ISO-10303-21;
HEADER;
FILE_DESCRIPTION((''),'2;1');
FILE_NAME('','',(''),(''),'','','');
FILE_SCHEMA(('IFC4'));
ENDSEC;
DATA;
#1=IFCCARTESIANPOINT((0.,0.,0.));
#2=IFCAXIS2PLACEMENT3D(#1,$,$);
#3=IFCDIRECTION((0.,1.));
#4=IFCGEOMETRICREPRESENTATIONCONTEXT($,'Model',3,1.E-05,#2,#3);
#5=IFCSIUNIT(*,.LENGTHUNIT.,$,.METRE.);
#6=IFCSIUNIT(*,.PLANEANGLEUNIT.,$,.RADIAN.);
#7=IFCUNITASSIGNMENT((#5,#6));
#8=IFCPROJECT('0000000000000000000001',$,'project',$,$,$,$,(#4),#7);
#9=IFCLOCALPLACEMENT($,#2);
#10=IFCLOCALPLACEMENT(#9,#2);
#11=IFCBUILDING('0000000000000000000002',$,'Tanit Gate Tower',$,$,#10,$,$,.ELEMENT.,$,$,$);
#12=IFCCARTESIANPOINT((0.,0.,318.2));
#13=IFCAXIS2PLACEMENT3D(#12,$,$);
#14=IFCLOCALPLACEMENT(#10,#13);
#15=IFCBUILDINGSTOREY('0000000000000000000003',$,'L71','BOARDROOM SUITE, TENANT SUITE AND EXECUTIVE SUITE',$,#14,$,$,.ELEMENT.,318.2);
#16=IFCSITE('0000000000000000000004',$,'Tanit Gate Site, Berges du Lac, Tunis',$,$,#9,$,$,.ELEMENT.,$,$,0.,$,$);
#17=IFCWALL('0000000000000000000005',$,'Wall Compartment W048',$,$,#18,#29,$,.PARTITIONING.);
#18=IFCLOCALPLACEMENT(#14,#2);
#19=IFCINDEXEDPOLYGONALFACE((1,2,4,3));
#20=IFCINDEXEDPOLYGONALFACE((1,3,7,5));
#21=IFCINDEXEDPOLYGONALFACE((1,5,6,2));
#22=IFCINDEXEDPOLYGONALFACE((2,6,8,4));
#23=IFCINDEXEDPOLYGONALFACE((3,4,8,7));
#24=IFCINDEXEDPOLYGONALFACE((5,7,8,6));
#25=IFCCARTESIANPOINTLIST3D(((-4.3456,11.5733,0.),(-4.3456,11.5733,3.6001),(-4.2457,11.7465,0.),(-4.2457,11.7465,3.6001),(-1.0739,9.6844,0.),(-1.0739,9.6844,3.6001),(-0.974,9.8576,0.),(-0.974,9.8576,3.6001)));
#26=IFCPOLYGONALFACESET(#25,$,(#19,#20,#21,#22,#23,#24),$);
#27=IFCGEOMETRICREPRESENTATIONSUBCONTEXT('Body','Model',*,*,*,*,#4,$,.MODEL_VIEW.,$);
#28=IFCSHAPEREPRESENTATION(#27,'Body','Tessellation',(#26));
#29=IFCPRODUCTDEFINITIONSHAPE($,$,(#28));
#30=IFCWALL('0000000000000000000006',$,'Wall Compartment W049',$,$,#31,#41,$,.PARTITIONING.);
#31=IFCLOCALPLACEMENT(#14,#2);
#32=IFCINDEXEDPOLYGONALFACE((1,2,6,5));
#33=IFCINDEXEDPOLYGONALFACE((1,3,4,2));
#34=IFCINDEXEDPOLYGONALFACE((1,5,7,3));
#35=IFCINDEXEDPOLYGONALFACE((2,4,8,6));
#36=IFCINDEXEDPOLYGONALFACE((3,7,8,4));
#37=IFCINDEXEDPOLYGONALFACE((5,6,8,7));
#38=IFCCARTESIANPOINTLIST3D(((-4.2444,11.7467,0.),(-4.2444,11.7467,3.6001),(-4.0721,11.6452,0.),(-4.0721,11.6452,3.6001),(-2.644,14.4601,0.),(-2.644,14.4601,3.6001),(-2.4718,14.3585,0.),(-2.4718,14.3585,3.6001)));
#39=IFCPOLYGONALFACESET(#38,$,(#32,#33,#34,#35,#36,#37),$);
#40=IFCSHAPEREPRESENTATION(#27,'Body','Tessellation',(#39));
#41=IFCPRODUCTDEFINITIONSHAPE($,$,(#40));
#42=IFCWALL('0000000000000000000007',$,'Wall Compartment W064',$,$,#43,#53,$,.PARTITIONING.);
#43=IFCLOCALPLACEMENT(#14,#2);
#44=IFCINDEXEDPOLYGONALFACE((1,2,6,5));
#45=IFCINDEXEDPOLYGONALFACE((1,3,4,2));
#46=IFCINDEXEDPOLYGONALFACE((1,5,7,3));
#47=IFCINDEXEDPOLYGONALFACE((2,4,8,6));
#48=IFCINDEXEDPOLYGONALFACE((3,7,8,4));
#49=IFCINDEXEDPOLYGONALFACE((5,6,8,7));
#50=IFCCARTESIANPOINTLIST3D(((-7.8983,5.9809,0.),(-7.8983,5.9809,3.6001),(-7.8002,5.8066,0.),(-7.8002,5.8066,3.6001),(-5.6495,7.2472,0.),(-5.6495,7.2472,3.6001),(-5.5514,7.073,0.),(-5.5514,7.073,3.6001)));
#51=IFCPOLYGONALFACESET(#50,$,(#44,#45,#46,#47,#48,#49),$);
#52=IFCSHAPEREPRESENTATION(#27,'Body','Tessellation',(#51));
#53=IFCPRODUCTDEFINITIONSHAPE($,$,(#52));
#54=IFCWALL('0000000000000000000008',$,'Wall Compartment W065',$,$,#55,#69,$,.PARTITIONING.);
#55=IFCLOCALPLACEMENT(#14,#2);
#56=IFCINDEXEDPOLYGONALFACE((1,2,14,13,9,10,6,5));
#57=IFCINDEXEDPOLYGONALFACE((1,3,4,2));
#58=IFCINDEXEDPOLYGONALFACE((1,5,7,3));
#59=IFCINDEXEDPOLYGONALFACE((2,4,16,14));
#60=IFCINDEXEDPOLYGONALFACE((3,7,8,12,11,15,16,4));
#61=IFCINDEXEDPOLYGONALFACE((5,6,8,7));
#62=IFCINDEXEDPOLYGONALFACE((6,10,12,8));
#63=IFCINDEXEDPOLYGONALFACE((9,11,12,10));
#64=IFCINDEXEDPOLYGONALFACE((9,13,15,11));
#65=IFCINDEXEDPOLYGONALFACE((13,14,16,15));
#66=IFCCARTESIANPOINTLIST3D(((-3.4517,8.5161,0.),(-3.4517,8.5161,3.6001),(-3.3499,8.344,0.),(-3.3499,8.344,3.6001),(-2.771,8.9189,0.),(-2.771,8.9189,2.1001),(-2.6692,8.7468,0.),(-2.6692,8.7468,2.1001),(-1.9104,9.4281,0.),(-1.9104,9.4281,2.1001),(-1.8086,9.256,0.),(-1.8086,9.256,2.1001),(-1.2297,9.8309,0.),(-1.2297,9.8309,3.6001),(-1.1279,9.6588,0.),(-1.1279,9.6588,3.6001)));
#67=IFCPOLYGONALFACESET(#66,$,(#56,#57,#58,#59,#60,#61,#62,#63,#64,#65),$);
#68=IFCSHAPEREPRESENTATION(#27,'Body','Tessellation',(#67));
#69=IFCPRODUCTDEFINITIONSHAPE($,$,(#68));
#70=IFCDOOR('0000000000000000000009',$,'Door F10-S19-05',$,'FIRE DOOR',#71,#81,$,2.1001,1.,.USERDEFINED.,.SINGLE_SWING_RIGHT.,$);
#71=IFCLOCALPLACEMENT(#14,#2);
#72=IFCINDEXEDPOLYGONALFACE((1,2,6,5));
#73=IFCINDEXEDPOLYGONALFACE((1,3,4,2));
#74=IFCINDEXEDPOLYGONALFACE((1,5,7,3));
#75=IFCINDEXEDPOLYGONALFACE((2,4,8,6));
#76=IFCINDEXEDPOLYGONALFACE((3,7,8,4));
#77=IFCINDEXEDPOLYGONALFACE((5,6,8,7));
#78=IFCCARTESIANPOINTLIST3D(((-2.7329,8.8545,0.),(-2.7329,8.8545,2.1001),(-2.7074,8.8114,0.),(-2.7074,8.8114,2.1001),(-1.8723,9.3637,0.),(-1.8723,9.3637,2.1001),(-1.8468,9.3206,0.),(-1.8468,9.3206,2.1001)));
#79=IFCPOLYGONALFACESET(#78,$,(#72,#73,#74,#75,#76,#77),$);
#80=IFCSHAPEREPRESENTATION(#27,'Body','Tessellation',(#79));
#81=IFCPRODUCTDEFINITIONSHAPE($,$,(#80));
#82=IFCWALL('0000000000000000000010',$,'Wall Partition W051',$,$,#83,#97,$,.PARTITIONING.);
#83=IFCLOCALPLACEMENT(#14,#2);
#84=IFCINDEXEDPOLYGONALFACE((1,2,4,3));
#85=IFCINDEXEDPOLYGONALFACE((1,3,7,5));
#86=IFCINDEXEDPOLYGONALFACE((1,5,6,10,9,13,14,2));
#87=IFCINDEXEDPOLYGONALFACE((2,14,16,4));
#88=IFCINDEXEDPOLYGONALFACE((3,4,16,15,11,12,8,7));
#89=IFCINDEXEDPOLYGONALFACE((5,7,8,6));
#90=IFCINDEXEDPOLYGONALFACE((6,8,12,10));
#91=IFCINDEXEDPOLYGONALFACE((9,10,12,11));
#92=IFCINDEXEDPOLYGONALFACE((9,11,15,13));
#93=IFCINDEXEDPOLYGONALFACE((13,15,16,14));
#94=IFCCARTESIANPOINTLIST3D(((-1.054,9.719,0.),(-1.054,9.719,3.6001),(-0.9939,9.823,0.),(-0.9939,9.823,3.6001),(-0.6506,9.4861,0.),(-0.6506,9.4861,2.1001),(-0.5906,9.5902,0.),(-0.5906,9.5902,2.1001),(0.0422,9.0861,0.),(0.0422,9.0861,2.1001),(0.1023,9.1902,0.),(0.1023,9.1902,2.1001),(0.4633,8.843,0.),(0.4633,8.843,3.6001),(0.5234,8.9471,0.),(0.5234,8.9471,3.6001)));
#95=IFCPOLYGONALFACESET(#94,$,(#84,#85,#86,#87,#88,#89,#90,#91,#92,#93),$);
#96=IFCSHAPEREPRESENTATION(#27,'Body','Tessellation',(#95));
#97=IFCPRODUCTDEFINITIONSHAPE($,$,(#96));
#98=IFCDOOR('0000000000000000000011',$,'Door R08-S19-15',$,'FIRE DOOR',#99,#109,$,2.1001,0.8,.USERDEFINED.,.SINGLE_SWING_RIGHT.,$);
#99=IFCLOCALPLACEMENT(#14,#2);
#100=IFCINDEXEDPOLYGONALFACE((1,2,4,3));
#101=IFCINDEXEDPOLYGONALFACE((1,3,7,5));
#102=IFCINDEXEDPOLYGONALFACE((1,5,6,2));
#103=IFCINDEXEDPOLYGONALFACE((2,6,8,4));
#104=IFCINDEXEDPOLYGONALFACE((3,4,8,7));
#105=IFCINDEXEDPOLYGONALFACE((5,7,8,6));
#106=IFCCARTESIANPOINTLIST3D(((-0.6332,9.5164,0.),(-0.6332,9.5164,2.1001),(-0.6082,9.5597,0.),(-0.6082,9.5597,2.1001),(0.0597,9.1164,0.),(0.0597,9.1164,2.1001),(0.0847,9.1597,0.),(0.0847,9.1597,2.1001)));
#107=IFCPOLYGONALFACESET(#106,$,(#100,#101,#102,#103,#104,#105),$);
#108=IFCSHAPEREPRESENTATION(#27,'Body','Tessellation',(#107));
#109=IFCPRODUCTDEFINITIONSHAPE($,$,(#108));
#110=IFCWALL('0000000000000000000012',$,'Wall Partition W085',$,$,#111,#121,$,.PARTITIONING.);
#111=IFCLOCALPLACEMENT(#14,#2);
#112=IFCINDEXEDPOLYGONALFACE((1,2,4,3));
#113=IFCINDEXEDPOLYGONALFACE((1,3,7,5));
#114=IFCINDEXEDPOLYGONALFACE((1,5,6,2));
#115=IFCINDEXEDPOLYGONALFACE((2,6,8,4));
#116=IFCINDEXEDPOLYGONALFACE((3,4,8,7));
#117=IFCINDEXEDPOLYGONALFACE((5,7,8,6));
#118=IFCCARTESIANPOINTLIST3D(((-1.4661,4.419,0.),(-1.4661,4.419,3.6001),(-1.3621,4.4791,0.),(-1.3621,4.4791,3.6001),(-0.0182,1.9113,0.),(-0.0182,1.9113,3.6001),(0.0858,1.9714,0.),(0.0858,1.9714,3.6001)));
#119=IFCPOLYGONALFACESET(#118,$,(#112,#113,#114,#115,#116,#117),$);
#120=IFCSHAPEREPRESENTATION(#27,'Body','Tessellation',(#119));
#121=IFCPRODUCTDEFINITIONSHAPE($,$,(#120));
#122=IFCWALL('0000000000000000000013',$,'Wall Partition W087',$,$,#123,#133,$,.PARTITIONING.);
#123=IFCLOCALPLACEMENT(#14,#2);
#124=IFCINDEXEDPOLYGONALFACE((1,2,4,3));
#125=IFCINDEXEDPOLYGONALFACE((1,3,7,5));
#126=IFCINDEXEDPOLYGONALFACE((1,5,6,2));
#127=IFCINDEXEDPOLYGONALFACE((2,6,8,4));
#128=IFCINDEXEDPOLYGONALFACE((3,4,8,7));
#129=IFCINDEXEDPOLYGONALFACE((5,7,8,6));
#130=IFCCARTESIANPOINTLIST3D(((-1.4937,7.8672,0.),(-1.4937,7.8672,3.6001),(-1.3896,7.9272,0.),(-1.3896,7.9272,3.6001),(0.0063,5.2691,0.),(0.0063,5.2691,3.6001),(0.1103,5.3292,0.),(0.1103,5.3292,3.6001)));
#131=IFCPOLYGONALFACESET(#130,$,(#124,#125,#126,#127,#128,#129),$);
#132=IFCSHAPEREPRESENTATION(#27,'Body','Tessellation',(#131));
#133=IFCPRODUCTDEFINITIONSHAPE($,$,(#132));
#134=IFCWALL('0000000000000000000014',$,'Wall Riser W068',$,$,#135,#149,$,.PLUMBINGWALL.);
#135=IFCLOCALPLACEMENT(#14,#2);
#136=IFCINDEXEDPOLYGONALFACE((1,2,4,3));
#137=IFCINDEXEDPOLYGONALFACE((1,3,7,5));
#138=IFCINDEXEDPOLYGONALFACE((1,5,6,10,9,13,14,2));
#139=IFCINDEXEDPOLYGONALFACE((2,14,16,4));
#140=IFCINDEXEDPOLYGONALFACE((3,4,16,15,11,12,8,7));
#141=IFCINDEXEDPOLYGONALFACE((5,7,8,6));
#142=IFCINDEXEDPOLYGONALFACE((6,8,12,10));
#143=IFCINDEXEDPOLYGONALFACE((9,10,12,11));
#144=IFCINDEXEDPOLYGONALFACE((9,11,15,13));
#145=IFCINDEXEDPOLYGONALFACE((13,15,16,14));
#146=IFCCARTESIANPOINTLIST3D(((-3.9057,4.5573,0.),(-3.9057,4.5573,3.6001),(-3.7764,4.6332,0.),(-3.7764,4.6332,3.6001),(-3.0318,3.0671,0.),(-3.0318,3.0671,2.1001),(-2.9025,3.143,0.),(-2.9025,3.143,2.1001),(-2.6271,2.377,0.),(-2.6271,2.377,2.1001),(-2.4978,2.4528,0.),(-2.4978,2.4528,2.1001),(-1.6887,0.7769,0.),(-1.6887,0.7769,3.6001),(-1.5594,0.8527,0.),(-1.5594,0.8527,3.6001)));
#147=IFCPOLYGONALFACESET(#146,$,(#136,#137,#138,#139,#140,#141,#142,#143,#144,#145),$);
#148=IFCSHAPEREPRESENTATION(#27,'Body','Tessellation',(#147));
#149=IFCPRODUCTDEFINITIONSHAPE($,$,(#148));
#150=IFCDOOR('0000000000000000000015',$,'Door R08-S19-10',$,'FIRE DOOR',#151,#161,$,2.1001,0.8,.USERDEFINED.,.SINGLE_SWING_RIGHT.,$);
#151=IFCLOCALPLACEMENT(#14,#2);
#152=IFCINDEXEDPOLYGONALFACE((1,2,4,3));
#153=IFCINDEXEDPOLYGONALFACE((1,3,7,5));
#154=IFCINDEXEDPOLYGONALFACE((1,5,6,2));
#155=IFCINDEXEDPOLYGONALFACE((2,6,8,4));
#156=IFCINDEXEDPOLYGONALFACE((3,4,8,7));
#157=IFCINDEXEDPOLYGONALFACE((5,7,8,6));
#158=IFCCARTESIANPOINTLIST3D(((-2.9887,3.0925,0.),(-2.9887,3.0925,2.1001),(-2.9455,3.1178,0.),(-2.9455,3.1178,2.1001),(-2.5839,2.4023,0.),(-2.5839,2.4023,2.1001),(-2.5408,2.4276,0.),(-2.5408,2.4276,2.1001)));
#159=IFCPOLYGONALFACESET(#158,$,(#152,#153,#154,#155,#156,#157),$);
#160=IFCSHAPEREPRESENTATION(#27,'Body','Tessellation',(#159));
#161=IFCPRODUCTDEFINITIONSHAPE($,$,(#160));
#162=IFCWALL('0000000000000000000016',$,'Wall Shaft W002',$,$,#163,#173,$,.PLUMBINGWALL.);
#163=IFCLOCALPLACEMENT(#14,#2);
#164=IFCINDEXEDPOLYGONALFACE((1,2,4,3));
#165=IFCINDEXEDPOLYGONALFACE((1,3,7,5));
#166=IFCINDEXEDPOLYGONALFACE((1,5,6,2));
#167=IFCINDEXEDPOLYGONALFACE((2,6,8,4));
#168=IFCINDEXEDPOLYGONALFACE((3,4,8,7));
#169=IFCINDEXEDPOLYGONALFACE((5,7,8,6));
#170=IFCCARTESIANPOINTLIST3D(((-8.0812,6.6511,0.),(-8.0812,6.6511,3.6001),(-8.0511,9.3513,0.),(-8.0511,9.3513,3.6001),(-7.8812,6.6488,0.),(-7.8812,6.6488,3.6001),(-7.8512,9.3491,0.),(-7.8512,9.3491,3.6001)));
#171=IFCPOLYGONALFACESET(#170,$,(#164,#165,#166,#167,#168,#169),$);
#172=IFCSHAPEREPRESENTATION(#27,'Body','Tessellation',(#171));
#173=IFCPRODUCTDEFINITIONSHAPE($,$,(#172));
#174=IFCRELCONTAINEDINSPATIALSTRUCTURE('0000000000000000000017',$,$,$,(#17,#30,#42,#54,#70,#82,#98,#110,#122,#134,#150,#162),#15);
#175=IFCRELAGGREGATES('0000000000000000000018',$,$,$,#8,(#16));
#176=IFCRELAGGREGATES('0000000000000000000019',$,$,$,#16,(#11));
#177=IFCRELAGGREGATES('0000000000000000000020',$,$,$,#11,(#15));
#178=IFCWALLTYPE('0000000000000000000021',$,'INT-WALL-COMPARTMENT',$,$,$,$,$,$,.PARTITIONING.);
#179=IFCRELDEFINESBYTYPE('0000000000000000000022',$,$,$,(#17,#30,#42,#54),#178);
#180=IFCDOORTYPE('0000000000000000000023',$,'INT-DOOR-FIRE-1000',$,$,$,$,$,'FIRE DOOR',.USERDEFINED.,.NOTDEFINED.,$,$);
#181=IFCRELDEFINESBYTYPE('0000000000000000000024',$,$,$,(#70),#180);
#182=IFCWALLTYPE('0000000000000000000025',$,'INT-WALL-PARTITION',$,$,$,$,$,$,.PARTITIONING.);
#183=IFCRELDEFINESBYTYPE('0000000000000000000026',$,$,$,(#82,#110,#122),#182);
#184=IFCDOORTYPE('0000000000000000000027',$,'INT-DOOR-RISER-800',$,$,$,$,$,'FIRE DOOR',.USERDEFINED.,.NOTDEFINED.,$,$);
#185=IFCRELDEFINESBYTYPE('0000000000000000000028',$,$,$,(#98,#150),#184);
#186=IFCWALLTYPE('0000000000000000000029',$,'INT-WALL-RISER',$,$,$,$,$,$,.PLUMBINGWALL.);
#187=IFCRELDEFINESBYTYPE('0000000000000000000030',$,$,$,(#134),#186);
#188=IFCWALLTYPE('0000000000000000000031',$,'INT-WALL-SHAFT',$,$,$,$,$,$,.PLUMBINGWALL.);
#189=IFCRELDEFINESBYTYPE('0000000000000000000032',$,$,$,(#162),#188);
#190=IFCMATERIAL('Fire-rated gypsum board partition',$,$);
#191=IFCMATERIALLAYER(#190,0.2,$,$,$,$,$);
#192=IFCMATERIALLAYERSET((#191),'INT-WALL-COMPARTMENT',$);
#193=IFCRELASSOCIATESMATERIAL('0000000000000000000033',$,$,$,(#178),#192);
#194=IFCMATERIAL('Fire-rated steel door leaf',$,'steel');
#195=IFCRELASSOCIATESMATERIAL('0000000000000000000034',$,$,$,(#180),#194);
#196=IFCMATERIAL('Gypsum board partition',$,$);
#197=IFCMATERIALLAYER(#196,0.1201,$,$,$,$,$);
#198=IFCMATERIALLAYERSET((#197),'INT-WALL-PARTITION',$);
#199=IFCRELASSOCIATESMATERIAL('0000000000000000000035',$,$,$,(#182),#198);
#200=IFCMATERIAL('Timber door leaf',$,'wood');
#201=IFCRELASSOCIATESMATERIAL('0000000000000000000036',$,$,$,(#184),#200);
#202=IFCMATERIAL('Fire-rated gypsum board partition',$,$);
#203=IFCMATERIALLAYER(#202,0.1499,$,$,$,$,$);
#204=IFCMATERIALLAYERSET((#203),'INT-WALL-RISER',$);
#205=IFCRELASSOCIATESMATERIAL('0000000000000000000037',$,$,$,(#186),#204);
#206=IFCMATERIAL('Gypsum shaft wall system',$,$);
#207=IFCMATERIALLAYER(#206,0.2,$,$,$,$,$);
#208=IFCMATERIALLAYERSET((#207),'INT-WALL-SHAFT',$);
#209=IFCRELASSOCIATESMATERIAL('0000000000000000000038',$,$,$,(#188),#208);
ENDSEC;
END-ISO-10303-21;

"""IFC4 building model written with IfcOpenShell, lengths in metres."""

from ifc_helpers import new_model, si_unit, direction, frame, frame_2d, origin, place, context, subcontext, project, spatial, rectangle, extrude, material, layer, layer_set, type_object, element, fill, save


model = new_model("IFC4")

# Units and contexts
model_context = context("Model", 3, precision=1e-05, world=origin(), true_north=direction((0.0, 1.0)))
body_context = subcontext(model_context, "Body", "Model", "MODEL_VIEW")
ifc_project = project(units=[si_unit("LENGTHUNIT", "METRE"), si_unit("PLANEANGLEUNIT", "RADIAN")], contexts=[model_context])

# Site, building, storey
site_placement = place(None, origin())
site = spatial("IfcSite", under=ifc_project, at=site_placement, Name="Tanit Gate Site, Berges du Lac, Tunis", CompositionType="ELEMENT", RefElevation=0.0)
building_placement = place(site_placement, origin())
building = spatial("IfcBuilding", under=site, at=building_placement, Name="Tanit Gate Tower", CompositionType="ELEMENT")
storey_placement = place(building_placement, frame((0.0, 0.0, 318.2)))
storey = spatial("IfcBuildingStorey", under=building, at=storey_placement, Name="L71", Description="BOARDROOM SUITE, TENANT SUITE AND EXECUTIVE SUITE", CompositionType="ELEMENT", Elevation=318.2)

# Walls
ifc_material_1 = material(Name="Fire-rated gypsum board partition")
ifc_layer_1 = layer(ifc_material_1, 0.2)
ifc_layer_set_1 = layer_set([ifc_layer_1], Name="INT-WALL-COMPARTMENT")
wall_type_1 = type_object("IfcWallType", Name="INT-WALL-COMPARTMENT", PredefinedType="PARTITIONING", material=ifc_layer_set_1)
wall_1_placement = place(storey_placement, frame((-4.2957, 11.6599, 0.0), z_axis=(0.0, 0.0, 1.0), x_axis=(0.866027, -0.499997, 0.0)))
element("IfcWall", 1, at=wall_1_placement, inside=storey, type_object=wall_type_1, Name="Wall Compartment W048", PredefinedType="PARTITIONING", context=body_context, shape_type="SweptSolid", body=[
    extrude(rectangle(XDim=3.7778, YDim=0.2, at=frame_2d((1.8889, 0.0))), origin(), (0.0, 0.0, 1.0), 3.6001),
])
wall_2_placement = place(storey_placement, frame((-2.5579, 14.4094, 0.0), z_axis=(0.0, 0.0, 1.0), x_axis=(-0.508019, -0.861346, 0.0)))
element("IfcWall", 2, at=wall_2_placement, inside=storey, type_object=wall_type_1, Name="Wall Compartment W049", PredefinedType="PARTITIONING", context=body_context, shape_type="SweptSolid", body=[
    extrude(rectangle(XDim=3.1501, YDim=0.2, at=frame_2d((1.5752, 0.0))), origin(), (0.0, 0.0, 1.0), 3.6001),
])
wall_3_placement = place(storey_placement, frame((-5.6003, 7.1602, 0.0), z_axis=(0.0, 0.0, 1.0), x_axis=(-0.87134, -0.490679, 0.0)))
element("IfcWall", 3, at=wall_3_placement, inside=storey, type_object=wall_type_1, Name="Wall Compartment W064", PredefinedType="PARTITIONING", context=body_context, shape_type="SweptSolid", body=[
    extrude(rectangle(XDim=2.5808, YDim=0.2, at=frame_2d((1.2905, 0.0))), origin(), (0.0, 0.0, 1.0), 3.6001),
])

# Walls, openings, doors
wall_4_placement = place(storey_placement, frame((-1.1787, 9.7449, 0.0), z_axis=(0.0, 0.0, 1.0), x_axis=(-0.860631, -0.509229, 0.0)))
wall_4 = element("IfcWall", 4, at=wall_4_placement, inside=storey, type_object=wall_type_1, Name="Wall Compartment W065", PredefinedType="PARTITIONING", context=body_context, shape_type="SweptSolid", body=[
    extrude(rectangle(XDim=2.5818, YDim=0.2, at=frame_2d((1.291, 0.0))), origin(), (0.0, 0.0, 1.0), 3.6001),
])
opening_1_placement = place(wall_4_placement, frame((0.791, 0.0, 0.0)))
opening_1 = element("IfcOpeningElement", 5, at=opening_1_placement, cuts=wall_4, PredefinedType="OPENING", context=body_context, shape_type="SweptSolid", body=[
    extrude(rectangle(XDim=1.0, YDim=2.1001, at=frame_2d((0.5, 1.05))), frame((0.0, 0.1099, 0.0), z_axis=(0.0, -1.0, 0.0), x_axis=(1.0, 0.0, 0.0)), (0.0, 0.0, 1.0), 0.22),
])
ifc_material_2 = material(Name="Fire-rated steel door leaf", Category="steel")
door_type_1 = type_object("IfcDoorType", Name="INT-DOOR-FIRE-1000", ElementType="FIRE DOOR", OperationType="NOTDEFINED", PredefinedType="USERDEFINED", material=ifc_material_2)
door_1_placement = place(opening_1_placement, origin())
door_1 = element("IfcDoor", 6, at=door_1_placement, inside=storey, type_object=door_type_1, Name="Door F10-S19-05", ObjectType="FIRE DOOR", OperationType="SINGLE_SWING_RIGHT", OverallHeight=2.1001, OverallWidth=1.0, PredefinedType="USERDEFINED", context=body_context, shape_type="SweptSolid", body=[
    extrude(rectangle(XDim=1.0, YDim=2.1001, at=frame_2d((0.5, 1.05))), frame((0.0, 0.0249, 0.0), z_axis=(0.0, -1.0, 0.0), x_axis=(1.0, 0.0, 0.0)), (0.0, 0.0, 1.0), 0.05),
])
fill(opening_1, door_1)
ifc_material_3 = material(Name="Gypsum board partition")
ifc_layer_2 = layer(ifc_material_3, 0.1201)
ifc_layer_set_2 = layer_set([ifc_layer_2], Name="INT-WALL-PARTITION")
wall_type_2 = type_object("IfcWallType", Name="INT-WALL-PARTITION", PredefinedType="PARTITIONING", material=ifc_layer_set_2)
wall_5_placement = place(storey_placement, frame((-1.0239, 9.771, 0.0), z_axis=(0.0, 0.0, 1.0), x_axis=(0.866039, -0.499976, 0.0)))
wall_5 = element("IfcWall", 7, at=wall_5_placement, inside=storey, type_object=wall_type_2, Name="Wall Partition W051", PredefinedType="PARTITIONING", context=body_context, shape_type="SweptSolid", body=[
    extrude(rectangle(XDim=1.752, YDim=0.1201, at=frame_2d((0.876, 0.0))), origin(), (0.0, 0.0, 1.0), 3.6001),
])
opening_2_placement = place(wall_5_placement, frame((0.4658, 0.0, 0.0)))
opening_2 = element("IfcOpeningElement", 8, at=opening_2_placement, cuts=wall_5, PredefinedType="OPENING", context=body_context, shape_type="SweptSolid", body=[
    extrude(rectangle(XDim=0.8, YDim=2.1001, at=frame_2d((0.3999, 1.05))), frame((0.0, 0.0701, 0.0), z_axis=(0.0, -1.0, 0.0), x_axis=(1.0, 0.0, 0.0)), (0.0, 0.0, 1.0), 0.1401),
])
ifc_material_4 = material(Name="Timber door leaf", Category="wood")
door_type_2 = type_object("IfcDoorType", Name="INT-DOOR-RISER-800", ElementType="FIRE DOOR", OperationType="NOTDEFINED", PredefinedType="USERDEFINED", material=ifc_material_4)
door_2_placement = place(opening_2_placement, origin())
door_2 = element("IfcDoor", 9, at=door_2_placement, inside=storey, type_object=door_type_2, Name="Door R08-S19-15", ObjectType="FIRE DOOR", OperationType="SINGLE_SWING_RIGHT", OverallHeight=2.1001, OverallWidth=0.8, PredefinedType="USERDEFINED", context=body_context, shape_type="SweptSolid", body=[
    extrude(rectangle(XDim=0.8, YDim=2.1001, at=frame_2d((0.3999, 1.05))), frame((0.0, 0.0249, 0.0), z_axis=(0.0, -1.0, 0.0), x_axis=(1.0, 0.0, 0.0)), (0.0, 0.0, 1.0), 0.05),
])
fill(opening_2, door_2)

# Walls
wall_6_placement = place(storey_placement, frame((-1.4141, 4.449, 0.0), z_axis=(0.0, 0.0, 1.0), x_axis=(0.500029, -0.866009, 0.0)))
element("IfcWall", 10, at=wall_6_placement, inside=storey, type_object=wall_type_2, Name="Wall Partition W085", PredefinedType="PARTITIONING", context=body_context, shape_type="SweptSolid", body=[
    extrude(rectangle(XDim=2.8958, YDim=0.1201, at=frame_2d((1.4478, 0.0))), origin(), (0.0, 0.0, 1.0), 3.6001),
])
wall_7_placement = place(storey_placement, frame((-1.4417, 7.8972, 0.0), z_axis=(0.0, 0.0, 1.0), x_axis=(0.49999, -0.866031, 0.0)))
element("IfcWall", 11, at=wall_7_placement, inside=storey, type_object=wall_type_2, Name="Wall Partition W087", PredefinedType="PARTITIONING", context=body_context, shape_type="SweptSolid", body=[
    extrude(rectangle(XDim=3.0, YDim=0.1201, at=frame_2d((1.5, 0.0))), origin(), (0.0, 0.0, 1.0), 3.6001),
])

# Wall, opening, door
ifc_material_5 = material(Name="Fire-rated gypsum board partition")
ifc_layer_3 = layer(ifc_material_5, 0.1499)
ifc_layer_set_3 = layer_set([ifc_layer_3], Name="INT-WALL-RISER")
wall_type_3 = type_object("IfcWallType", Name="INT-WALL-RISER", PredefinedType="PLUMBINGWALL", material=ifc_layer_set_3)
wall_8_placement = place(storey_placement, frame((-1.624, 0.8147, 0.0), z_axis=(0.0, 0.0, 1.0), x_axis=(-0.505868, 0.862611, 0.0)))
wall_8 = element("IfcWall", 12, at=wall_8_placement, inside=storey, type_object=wall_type_3, Name="Wall Riser W068", PredefinedType="PLUMBINGWALL", context=body_context, shape_type="SweptSolid", body=[
    extrude(rectangle(XDim=4.3826, YDim=0.1499, at=frame_2d((2.1914, 0.0))), origin(), (0.0, 0.0, 1.0), 3.6001),
])
opening_3_placement = place(wall_8_placement, frame((1.8552, 0.0, 0.0)))
opening_3 = element("IfcOpeningElement", 13, at=opening_3_placement, cuts=wall_8, PredefinedType="OPENING", context=body_context, shape_type="SweptSolid", body=[
    extrude(rectangle(XDim=0.8, YDim=2.1001, at=frame_2d((0.3999, 1.05))), frame((0.0, 0.085, 0.0), z_axis=(0.0, -1.0, 0.0), x_axis=(1.0, 0.0, 0.0)), (0.0, 0.0, 1.0), 0.1699),
])
door_3_placement = place(opening_3_placement, origin())
door_3 = element("IfcDoor", 14, at=door_3_placement, inside=storey, type_object=door_type_2, Name="Door R08-S19-10", ObjectType="FIRE DOOR", OperationType="SINGLE_SWING_RIGHT", OverallHeight=2.1001, OverallWidth=0.8, PredefinedType="USERDEFINED", context=body_context, shape_type="SweptSolid", body=[
    extrude(rectangle(XDim=0.8, YDim=2.1001, at=frame_2d((0.3999, 1.05))), frame((0.0, 0.0249, 0.0), z_axis=(0.0, -1.0, 0.0), x_axis=(1.0, 0.0, 0.0)), (0.0, 0.0, 1.0), 0.05),
])
fill(opening_3, door_3)

# Wall
ifc_material_6 = material(Name="Gypsum shaft wall system")
ifc_layer_4 = layer(ifc_material_6, 0.2)
ifc_layer_set_4 = layer_set([ifc_layer_4], Name="INT-WALL-SHAFT")
wall_type_4 = type_object("IfcWallType", Name="INT-WALL-SHAFT", PredefinedType="PLUMBINGWALL", material=ifc_layer_set_4)
wall_9_placement = place(storey_placement, frame((-7.9512, 9.3501, 0.0), z_axis=(0.0, 0.0, 1.0), x_axis=(-0.01112, -0.999938, 0.0)))
element("IfcWall", 15, at=wall_9_placement, inside=storey, type_object=wall_type_4, Name="Wall Shaft W002", PredefinedType="PLUMBINGWALL", context=body_context, shape_type="SweptSolid", body=[
    extrude(rectangle(XDim=2.7004, YDim=0.2, at=frame_2d((1.3501, 0.0))), origin(), (0.0, 0.0, 1.0), 3.6001),
])

save(model, "model.ifc")
